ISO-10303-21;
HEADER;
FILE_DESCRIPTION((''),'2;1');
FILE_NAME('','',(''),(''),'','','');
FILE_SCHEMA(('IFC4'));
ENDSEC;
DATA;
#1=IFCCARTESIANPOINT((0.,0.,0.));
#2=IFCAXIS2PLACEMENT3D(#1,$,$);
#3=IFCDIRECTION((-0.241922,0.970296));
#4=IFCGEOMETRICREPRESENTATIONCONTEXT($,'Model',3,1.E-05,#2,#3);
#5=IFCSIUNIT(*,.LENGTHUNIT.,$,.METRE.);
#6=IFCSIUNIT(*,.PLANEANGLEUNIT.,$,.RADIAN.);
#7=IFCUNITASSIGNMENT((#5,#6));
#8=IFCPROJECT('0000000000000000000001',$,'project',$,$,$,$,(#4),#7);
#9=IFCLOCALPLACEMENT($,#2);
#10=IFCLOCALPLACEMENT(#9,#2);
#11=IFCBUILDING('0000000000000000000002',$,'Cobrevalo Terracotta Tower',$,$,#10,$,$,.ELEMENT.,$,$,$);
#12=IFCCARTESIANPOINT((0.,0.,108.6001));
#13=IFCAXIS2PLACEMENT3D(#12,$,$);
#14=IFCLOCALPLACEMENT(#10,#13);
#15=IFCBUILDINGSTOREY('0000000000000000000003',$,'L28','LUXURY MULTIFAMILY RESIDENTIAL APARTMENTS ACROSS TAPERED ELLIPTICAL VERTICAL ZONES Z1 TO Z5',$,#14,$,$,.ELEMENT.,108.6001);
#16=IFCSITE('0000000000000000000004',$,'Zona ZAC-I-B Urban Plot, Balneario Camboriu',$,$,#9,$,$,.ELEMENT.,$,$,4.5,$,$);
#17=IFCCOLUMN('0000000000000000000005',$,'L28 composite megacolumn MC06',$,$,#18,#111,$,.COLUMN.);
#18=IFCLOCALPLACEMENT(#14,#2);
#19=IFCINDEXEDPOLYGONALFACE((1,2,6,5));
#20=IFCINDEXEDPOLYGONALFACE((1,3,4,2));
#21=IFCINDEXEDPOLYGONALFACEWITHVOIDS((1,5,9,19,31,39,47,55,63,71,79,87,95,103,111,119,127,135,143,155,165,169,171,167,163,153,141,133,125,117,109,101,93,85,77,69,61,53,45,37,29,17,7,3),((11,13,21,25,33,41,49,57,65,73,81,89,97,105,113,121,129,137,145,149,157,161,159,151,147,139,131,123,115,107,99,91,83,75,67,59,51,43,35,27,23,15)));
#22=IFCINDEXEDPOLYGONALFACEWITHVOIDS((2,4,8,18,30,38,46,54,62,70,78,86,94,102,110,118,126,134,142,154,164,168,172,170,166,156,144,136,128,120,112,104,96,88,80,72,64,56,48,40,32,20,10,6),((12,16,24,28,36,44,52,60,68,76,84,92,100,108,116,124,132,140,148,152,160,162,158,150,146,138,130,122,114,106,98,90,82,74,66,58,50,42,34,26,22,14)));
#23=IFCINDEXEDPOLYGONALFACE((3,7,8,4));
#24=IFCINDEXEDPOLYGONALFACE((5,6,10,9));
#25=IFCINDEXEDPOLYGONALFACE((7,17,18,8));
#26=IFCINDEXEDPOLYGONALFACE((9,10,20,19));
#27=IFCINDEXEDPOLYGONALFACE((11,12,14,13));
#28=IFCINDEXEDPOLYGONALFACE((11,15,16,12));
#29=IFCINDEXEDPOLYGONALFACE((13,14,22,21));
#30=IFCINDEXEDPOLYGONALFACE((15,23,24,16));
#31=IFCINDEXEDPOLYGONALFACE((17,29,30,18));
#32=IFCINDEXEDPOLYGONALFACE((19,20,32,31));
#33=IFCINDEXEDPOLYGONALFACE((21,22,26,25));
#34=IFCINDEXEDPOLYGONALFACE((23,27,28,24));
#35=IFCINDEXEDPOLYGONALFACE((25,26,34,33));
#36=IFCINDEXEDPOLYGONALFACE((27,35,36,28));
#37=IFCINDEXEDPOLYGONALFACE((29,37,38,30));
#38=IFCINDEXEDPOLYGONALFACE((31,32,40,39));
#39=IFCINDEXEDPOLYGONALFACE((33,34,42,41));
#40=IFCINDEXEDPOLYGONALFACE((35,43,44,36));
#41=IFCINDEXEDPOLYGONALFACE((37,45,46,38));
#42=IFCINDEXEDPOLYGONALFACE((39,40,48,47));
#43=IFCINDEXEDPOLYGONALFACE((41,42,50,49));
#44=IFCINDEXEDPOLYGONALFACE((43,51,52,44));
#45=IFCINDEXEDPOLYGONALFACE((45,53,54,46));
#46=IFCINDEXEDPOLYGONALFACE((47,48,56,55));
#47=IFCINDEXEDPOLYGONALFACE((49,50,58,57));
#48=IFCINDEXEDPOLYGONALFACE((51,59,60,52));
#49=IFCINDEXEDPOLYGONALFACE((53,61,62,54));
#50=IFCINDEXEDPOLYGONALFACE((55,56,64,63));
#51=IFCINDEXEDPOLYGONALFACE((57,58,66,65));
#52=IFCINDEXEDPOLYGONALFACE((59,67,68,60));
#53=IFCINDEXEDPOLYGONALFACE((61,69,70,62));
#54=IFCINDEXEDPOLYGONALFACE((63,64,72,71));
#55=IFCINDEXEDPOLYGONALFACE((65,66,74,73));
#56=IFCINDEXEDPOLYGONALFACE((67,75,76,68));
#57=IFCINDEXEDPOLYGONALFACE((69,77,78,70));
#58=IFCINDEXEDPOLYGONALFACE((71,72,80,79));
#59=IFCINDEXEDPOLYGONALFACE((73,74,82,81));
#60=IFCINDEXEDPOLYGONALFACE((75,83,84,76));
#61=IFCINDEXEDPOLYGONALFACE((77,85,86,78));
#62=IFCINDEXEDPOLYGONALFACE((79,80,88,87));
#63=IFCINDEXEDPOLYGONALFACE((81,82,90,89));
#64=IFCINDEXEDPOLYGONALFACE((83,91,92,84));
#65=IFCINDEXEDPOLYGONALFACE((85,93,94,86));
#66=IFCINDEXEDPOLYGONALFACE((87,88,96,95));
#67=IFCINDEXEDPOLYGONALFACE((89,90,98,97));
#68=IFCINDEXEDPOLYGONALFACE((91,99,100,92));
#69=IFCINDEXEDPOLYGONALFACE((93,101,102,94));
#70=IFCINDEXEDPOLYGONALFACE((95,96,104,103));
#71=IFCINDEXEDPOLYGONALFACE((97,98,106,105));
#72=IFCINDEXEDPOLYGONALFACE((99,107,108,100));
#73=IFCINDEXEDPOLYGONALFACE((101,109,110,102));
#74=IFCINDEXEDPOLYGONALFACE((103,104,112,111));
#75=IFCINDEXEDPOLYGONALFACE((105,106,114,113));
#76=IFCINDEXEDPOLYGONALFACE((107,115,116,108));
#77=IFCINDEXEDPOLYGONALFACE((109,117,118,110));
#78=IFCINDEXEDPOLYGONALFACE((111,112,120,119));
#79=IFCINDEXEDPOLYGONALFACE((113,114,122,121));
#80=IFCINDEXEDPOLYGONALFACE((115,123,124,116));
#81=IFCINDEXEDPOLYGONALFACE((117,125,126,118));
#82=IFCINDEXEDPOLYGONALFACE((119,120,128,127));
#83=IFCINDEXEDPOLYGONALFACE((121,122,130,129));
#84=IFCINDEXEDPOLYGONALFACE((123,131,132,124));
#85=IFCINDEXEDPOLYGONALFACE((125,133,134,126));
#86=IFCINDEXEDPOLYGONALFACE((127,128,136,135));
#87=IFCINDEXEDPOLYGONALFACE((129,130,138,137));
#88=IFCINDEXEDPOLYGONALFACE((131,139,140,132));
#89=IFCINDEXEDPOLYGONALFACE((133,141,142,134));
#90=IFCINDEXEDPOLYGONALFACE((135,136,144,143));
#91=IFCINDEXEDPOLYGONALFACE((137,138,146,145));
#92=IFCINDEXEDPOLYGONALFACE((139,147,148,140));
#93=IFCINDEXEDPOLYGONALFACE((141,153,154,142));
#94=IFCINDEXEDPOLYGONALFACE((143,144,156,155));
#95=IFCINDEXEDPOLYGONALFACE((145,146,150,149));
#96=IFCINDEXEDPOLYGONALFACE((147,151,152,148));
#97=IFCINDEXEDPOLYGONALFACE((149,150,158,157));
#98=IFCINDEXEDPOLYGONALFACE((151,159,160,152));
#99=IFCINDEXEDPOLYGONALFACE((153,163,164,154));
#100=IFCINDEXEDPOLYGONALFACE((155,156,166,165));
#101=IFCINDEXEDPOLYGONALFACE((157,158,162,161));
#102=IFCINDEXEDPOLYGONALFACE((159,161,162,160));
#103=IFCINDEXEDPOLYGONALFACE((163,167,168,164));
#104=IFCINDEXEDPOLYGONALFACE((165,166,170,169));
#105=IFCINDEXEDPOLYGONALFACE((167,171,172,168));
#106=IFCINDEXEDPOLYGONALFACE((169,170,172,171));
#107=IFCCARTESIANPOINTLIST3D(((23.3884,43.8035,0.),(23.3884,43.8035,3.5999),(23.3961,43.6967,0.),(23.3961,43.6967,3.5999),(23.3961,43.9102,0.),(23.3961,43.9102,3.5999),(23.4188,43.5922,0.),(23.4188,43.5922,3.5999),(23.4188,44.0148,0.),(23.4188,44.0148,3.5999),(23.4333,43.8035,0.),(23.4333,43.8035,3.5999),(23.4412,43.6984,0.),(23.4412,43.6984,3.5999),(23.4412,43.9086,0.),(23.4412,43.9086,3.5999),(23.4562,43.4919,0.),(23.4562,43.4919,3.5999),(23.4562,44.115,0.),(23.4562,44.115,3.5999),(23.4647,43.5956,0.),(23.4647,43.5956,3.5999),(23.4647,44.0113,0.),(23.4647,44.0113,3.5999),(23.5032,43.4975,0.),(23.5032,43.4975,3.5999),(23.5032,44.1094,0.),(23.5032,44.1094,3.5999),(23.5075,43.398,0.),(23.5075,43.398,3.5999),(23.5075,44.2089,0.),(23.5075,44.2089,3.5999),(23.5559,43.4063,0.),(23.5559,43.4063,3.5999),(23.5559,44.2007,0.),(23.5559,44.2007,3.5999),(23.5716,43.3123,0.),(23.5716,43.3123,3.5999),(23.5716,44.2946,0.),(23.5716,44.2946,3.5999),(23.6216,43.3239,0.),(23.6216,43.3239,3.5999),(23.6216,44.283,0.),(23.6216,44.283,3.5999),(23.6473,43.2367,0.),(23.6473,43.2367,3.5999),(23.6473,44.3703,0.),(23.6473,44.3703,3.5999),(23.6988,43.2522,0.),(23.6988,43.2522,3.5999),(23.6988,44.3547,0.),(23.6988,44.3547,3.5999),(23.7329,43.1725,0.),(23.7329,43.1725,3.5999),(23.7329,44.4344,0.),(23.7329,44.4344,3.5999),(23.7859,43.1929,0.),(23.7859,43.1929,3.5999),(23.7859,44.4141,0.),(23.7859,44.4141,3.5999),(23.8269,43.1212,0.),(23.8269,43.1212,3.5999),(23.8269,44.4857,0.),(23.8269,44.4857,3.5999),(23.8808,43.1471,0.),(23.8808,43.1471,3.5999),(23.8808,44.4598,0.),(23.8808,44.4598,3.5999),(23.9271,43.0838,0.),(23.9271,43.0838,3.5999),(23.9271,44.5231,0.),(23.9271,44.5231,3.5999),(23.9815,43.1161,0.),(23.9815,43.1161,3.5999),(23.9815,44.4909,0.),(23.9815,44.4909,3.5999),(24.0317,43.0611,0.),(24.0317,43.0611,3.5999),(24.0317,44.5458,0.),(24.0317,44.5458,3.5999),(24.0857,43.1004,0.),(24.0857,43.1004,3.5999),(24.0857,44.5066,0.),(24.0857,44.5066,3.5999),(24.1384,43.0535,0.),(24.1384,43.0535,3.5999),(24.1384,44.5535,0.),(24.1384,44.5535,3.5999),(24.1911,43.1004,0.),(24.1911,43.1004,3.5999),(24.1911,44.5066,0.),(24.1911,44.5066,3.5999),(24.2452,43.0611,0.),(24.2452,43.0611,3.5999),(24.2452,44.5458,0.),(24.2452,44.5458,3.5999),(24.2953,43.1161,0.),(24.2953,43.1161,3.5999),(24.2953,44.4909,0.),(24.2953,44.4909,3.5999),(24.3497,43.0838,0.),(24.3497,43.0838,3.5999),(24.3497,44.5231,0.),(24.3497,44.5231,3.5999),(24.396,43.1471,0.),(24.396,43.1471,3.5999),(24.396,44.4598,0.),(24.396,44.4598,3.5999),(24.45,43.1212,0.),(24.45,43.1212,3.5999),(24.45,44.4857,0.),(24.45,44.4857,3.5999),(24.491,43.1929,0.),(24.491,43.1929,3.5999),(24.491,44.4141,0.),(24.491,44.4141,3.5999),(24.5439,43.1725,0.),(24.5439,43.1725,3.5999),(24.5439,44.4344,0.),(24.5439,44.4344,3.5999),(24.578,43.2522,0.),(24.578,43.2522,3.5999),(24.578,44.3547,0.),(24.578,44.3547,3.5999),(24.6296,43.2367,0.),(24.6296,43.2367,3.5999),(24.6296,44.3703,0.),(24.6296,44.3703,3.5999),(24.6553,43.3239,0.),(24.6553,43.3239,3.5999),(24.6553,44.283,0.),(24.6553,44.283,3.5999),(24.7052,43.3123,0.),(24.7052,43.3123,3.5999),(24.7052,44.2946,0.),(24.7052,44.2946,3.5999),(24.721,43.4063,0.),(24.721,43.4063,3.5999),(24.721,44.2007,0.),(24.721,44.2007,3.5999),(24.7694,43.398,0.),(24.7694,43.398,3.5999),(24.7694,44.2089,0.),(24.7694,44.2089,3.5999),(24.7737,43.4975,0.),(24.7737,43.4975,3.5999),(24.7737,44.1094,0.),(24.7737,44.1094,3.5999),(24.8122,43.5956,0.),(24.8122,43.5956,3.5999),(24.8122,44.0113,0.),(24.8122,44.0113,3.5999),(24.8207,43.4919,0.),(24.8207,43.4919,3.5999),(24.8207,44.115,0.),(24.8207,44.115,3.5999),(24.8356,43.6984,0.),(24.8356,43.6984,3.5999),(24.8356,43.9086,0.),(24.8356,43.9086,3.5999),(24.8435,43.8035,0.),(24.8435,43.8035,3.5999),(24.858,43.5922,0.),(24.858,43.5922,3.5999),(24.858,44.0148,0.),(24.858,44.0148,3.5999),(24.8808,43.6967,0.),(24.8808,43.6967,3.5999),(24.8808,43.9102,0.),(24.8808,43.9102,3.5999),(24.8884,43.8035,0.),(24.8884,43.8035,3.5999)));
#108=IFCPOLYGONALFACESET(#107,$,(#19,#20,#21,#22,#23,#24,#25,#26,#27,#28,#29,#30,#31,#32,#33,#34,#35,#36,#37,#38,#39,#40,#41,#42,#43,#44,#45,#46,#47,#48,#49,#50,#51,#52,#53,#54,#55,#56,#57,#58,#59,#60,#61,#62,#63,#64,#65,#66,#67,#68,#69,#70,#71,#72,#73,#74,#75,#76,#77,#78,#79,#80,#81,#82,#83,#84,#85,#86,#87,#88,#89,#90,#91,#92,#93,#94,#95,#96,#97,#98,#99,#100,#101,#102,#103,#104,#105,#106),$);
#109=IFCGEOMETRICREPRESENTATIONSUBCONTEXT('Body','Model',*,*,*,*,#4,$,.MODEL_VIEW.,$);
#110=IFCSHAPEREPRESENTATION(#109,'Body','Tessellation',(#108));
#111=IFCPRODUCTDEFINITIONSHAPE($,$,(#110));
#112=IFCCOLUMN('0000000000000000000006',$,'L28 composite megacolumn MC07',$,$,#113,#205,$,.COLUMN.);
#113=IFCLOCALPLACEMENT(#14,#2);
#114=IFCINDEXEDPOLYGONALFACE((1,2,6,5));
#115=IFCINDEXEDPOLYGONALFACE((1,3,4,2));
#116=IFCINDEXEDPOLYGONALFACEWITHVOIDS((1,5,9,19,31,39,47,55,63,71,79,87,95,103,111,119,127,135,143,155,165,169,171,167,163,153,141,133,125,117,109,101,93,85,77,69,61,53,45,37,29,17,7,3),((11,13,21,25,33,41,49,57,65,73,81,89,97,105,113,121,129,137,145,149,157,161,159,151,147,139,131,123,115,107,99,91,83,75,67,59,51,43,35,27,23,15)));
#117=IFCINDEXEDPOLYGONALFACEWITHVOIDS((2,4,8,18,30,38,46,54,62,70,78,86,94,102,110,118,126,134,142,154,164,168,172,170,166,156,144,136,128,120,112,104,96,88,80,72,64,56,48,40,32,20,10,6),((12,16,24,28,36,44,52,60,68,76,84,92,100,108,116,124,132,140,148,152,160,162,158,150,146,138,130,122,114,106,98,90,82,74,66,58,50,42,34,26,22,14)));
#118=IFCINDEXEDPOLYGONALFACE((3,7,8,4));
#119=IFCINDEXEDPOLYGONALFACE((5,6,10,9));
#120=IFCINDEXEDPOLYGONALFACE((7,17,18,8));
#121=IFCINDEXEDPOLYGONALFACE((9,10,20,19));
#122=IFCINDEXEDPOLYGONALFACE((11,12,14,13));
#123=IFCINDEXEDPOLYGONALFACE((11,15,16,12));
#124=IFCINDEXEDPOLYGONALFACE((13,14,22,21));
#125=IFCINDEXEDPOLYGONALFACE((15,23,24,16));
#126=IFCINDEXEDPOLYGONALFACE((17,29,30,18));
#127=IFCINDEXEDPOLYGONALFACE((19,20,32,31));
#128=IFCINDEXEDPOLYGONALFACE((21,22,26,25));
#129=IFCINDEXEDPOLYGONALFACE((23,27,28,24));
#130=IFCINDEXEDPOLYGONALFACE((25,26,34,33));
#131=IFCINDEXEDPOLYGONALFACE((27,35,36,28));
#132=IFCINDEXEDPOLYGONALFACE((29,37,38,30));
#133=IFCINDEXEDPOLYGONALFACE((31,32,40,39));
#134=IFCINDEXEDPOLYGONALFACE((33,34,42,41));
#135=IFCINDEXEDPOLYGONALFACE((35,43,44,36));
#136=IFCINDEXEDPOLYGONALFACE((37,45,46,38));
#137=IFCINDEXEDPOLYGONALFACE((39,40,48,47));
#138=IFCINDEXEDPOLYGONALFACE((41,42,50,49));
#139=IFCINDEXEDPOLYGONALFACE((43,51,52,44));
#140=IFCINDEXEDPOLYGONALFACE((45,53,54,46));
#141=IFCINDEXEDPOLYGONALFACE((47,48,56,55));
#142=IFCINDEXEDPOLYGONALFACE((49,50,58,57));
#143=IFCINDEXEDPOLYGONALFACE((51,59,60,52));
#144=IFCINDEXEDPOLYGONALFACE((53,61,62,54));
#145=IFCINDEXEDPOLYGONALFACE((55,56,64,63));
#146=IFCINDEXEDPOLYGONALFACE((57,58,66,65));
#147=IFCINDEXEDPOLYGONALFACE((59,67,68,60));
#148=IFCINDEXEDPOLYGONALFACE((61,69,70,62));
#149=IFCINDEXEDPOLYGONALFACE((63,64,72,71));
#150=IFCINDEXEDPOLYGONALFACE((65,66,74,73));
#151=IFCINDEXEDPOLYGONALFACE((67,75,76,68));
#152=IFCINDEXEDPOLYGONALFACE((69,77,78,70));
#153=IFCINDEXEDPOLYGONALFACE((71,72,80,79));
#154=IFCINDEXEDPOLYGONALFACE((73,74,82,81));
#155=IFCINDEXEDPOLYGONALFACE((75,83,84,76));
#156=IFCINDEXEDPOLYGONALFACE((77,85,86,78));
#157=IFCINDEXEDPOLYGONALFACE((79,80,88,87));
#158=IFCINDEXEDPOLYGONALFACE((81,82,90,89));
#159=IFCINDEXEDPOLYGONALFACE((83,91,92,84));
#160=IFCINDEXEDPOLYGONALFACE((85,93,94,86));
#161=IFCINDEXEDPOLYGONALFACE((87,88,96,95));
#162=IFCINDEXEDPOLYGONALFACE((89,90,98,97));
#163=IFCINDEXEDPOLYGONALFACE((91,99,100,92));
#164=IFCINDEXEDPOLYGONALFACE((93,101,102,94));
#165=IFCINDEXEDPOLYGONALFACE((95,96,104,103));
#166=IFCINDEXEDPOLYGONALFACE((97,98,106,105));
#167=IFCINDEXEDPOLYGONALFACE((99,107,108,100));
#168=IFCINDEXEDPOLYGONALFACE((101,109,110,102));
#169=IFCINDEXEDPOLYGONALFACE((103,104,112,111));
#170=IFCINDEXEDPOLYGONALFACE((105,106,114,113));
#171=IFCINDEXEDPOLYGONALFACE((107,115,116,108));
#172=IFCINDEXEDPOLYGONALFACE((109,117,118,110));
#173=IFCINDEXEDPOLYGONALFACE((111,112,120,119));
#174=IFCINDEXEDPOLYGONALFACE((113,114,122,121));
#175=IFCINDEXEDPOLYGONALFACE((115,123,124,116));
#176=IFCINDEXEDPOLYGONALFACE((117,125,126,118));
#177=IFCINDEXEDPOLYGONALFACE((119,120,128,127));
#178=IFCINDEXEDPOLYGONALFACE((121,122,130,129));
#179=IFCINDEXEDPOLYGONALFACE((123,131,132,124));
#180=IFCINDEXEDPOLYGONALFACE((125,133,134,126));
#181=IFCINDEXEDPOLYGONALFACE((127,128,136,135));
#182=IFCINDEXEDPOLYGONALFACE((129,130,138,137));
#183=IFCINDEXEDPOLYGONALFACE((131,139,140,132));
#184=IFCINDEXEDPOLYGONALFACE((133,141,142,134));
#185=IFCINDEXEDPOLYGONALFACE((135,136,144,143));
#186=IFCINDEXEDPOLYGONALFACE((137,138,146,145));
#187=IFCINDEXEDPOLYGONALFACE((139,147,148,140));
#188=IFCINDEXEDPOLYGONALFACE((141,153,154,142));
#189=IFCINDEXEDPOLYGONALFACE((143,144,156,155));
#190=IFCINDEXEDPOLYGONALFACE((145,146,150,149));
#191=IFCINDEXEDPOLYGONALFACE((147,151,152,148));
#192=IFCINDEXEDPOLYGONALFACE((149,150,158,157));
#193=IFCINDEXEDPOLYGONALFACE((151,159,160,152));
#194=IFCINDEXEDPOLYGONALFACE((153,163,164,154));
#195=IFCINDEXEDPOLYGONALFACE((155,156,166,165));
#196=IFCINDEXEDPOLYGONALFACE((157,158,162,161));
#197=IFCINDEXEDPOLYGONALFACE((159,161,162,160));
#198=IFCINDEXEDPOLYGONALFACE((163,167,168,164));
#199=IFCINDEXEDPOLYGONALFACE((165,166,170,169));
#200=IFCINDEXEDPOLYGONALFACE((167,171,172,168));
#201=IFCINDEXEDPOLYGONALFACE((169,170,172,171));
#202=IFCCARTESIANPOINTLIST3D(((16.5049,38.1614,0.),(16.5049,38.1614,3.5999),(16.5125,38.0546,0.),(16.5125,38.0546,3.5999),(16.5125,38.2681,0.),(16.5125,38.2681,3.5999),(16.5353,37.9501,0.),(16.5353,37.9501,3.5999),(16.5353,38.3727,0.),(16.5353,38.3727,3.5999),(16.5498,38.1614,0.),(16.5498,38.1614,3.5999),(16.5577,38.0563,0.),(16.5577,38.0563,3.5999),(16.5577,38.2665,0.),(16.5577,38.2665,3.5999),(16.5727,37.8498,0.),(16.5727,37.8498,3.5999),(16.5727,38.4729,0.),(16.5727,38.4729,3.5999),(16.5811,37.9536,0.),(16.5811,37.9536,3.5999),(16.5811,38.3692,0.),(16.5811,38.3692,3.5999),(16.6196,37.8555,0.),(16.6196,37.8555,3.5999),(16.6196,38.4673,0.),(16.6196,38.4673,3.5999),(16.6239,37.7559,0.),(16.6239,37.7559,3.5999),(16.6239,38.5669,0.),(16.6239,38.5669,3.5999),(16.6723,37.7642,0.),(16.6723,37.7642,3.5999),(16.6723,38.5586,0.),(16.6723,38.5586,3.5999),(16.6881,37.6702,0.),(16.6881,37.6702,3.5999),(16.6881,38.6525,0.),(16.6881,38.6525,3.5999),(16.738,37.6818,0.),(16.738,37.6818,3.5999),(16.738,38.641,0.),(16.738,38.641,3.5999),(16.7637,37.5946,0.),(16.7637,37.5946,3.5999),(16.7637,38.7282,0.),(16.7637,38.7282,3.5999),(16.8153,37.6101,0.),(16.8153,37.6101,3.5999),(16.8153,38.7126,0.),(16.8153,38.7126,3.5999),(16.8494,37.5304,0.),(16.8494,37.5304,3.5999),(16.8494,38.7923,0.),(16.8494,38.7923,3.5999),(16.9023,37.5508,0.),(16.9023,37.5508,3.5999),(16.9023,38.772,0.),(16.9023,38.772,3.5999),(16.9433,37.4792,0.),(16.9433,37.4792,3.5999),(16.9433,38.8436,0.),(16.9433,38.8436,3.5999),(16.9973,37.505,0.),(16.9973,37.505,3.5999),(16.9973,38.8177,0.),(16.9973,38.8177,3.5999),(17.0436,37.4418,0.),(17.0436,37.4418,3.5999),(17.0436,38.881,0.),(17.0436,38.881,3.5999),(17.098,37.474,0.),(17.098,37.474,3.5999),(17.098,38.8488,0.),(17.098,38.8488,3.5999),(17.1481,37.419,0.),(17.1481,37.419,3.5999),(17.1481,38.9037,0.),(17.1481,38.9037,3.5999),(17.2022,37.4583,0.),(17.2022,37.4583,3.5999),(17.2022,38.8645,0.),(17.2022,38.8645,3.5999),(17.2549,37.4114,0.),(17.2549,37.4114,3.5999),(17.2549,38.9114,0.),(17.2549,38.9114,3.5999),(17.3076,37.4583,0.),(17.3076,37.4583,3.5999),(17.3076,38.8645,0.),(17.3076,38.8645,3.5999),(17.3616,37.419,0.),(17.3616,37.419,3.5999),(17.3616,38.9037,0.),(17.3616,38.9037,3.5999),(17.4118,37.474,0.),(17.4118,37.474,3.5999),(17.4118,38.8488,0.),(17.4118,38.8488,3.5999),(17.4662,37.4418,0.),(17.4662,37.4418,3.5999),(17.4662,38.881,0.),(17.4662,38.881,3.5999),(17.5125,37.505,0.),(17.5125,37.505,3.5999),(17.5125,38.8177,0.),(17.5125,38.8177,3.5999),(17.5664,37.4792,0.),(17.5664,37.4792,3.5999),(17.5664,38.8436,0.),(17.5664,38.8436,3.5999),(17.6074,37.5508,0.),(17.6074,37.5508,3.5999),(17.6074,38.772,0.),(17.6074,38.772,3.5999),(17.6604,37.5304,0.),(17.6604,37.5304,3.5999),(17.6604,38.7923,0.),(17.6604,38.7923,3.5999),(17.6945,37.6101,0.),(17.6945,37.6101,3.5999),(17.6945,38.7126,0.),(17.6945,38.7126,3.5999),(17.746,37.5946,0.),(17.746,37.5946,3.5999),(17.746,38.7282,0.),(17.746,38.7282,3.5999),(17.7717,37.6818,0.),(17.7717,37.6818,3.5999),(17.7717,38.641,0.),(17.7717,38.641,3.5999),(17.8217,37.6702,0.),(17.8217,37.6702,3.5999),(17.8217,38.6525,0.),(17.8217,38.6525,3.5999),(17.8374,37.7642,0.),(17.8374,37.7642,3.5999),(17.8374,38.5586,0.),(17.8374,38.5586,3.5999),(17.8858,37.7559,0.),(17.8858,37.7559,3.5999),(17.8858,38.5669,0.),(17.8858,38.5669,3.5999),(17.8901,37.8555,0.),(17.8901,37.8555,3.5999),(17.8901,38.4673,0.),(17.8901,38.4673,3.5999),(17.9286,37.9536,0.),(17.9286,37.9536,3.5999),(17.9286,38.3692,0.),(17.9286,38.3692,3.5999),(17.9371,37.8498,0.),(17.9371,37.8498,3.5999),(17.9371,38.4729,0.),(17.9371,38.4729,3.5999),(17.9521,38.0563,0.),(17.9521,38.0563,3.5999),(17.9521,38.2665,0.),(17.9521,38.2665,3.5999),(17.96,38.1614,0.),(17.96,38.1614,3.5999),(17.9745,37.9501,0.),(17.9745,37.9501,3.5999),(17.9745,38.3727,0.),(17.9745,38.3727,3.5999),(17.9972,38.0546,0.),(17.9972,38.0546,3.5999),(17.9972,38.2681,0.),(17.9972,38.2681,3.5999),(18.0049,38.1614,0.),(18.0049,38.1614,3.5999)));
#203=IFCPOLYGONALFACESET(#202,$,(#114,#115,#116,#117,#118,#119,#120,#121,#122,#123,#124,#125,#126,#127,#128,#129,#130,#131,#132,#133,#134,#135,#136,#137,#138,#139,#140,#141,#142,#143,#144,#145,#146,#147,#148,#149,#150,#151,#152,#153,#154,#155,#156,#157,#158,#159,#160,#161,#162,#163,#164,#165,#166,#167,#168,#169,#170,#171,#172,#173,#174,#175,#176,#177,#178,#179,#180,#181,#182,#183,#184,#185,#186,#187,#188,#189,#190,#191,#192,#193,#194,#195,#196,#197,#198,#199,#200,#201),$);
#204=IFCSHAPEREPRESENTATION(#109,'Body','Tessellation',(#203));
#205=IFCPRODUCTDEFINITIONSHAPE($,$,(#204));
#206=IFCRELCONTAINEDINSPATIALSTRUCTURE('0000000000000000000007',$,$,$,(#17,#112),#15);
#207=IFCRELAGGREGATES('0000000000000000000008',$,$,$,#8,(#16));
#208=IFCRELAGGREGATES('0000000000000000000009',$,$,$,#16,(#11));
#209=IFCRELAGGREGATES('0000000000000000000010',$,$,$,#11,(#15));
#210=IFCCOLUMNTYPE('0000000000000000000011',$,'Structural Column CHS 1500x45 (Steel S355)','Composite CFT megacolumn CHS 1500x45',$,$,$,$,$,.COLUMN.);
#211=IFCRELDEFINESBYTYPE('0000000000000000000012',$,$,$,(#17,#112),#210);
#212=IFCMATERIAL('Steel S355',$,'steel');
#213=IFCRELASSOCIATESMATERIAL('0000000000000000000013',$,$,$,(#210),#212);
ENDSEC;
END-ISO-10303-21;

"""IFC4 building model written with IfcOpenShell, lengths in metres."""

from ifc_helpers import new_model, si_unit, direction, frame, origin, origin_2d, place, context, subcontext, project, spatial, hollow_circle, extrude, material, material_profile, profile_set, type_object, element, save


model = new_model("IFC4")

# Units and contexts
model_context = context("Model", 3, precision=1e-05, world=origin(), true_north=direction((-0.241922, 0.970296)))
body_context = subcontext(model_context, "Body", "Model", "MODEL_VIEW")
ifc_project = project(units=[si_unit("LENGTHUNIT", "METRE"), si_unit("PLANEANGLEUNIT", "RADIAN")], contexts=[model_context])

# Site, building, storey
site_placement = place(None, origin())
site = spatial("IfcSite", under=ifc_project, at=site_placement, Name="Zona ZAC-I-B Urban Plot, Balneario Camboriu", CompositionType="ELEMENT", RefElevation=4.5)
building_placement = place(site_placement, origin())
building = spatial("IfcBuilding", under=site, at=building_placement, Name="Cobrevalo Terracotta Tower", CompositionType="ELEMENT")
storey_placement = place(building_placement, frame((0.0, 0.0, 108.6001)))
storey = spatial("IfcBuildingStorey", under=building, at=storey_placement, Name="L28", Description="LUXURY MULTIFAMILY RESIDENTIAL APARTMENTS ACROSS TAPERED ELLIPTICAL VERTICAL ZONES Z1 TO Z5", CompositionType="ELEMENT", Elevation=108.6001)

# Columns
ifc_material_1 = material(Name="Steel S355", Category="steel")
ifc_material_profile_1 = material_profile(ifc_material_1, hollow_circle(Radius=0.75, WallThickness=0.0449, at=origin_2d()), Name="CHS 1500x45")
ifc_profile_set_1 = profile_set([ifc_material_profile_1], Name="Steel S355")
column_type = type_object("IfcColumnType", Name="Structural Column CHS 1500x45 (Steel S355)", Description="Composite CFT megacolumn CHS 1500x45", PredefinedType="COLUMN", material=ifc_profile_set_1)
for number, where, z_axis, x_axis, name in (
    (1, (24.1384, 43.8035, 0.0), (0.0, 0.0, 1.0), (1.0, 0.0, 0.0), "L28 composite megacolumn MC06"),
    (2, (17.2549, 38.1614, 0.0), (0.0, 0.0, 1.0), (1.0, 0.0, 0.0), "L28 composite megacolumn MC07"),
):
    element("IfcColumn", number, at=place(storey_placement, frame(where, z_axis=z_axis, x_axis=x_axis)), inside=storey, type_object=column_type, Name=name, PredefinedType="COLUMN", context=body_context, shape_type="SweptSolid", body=[
        extrude(hollow_circle(Radius=0.75, WallThickness=0.0449, at=origin_2d()), origin(), (0.0, 0.0, 1.0), 3.5999),
    ])

save(model, "model.ifc")
